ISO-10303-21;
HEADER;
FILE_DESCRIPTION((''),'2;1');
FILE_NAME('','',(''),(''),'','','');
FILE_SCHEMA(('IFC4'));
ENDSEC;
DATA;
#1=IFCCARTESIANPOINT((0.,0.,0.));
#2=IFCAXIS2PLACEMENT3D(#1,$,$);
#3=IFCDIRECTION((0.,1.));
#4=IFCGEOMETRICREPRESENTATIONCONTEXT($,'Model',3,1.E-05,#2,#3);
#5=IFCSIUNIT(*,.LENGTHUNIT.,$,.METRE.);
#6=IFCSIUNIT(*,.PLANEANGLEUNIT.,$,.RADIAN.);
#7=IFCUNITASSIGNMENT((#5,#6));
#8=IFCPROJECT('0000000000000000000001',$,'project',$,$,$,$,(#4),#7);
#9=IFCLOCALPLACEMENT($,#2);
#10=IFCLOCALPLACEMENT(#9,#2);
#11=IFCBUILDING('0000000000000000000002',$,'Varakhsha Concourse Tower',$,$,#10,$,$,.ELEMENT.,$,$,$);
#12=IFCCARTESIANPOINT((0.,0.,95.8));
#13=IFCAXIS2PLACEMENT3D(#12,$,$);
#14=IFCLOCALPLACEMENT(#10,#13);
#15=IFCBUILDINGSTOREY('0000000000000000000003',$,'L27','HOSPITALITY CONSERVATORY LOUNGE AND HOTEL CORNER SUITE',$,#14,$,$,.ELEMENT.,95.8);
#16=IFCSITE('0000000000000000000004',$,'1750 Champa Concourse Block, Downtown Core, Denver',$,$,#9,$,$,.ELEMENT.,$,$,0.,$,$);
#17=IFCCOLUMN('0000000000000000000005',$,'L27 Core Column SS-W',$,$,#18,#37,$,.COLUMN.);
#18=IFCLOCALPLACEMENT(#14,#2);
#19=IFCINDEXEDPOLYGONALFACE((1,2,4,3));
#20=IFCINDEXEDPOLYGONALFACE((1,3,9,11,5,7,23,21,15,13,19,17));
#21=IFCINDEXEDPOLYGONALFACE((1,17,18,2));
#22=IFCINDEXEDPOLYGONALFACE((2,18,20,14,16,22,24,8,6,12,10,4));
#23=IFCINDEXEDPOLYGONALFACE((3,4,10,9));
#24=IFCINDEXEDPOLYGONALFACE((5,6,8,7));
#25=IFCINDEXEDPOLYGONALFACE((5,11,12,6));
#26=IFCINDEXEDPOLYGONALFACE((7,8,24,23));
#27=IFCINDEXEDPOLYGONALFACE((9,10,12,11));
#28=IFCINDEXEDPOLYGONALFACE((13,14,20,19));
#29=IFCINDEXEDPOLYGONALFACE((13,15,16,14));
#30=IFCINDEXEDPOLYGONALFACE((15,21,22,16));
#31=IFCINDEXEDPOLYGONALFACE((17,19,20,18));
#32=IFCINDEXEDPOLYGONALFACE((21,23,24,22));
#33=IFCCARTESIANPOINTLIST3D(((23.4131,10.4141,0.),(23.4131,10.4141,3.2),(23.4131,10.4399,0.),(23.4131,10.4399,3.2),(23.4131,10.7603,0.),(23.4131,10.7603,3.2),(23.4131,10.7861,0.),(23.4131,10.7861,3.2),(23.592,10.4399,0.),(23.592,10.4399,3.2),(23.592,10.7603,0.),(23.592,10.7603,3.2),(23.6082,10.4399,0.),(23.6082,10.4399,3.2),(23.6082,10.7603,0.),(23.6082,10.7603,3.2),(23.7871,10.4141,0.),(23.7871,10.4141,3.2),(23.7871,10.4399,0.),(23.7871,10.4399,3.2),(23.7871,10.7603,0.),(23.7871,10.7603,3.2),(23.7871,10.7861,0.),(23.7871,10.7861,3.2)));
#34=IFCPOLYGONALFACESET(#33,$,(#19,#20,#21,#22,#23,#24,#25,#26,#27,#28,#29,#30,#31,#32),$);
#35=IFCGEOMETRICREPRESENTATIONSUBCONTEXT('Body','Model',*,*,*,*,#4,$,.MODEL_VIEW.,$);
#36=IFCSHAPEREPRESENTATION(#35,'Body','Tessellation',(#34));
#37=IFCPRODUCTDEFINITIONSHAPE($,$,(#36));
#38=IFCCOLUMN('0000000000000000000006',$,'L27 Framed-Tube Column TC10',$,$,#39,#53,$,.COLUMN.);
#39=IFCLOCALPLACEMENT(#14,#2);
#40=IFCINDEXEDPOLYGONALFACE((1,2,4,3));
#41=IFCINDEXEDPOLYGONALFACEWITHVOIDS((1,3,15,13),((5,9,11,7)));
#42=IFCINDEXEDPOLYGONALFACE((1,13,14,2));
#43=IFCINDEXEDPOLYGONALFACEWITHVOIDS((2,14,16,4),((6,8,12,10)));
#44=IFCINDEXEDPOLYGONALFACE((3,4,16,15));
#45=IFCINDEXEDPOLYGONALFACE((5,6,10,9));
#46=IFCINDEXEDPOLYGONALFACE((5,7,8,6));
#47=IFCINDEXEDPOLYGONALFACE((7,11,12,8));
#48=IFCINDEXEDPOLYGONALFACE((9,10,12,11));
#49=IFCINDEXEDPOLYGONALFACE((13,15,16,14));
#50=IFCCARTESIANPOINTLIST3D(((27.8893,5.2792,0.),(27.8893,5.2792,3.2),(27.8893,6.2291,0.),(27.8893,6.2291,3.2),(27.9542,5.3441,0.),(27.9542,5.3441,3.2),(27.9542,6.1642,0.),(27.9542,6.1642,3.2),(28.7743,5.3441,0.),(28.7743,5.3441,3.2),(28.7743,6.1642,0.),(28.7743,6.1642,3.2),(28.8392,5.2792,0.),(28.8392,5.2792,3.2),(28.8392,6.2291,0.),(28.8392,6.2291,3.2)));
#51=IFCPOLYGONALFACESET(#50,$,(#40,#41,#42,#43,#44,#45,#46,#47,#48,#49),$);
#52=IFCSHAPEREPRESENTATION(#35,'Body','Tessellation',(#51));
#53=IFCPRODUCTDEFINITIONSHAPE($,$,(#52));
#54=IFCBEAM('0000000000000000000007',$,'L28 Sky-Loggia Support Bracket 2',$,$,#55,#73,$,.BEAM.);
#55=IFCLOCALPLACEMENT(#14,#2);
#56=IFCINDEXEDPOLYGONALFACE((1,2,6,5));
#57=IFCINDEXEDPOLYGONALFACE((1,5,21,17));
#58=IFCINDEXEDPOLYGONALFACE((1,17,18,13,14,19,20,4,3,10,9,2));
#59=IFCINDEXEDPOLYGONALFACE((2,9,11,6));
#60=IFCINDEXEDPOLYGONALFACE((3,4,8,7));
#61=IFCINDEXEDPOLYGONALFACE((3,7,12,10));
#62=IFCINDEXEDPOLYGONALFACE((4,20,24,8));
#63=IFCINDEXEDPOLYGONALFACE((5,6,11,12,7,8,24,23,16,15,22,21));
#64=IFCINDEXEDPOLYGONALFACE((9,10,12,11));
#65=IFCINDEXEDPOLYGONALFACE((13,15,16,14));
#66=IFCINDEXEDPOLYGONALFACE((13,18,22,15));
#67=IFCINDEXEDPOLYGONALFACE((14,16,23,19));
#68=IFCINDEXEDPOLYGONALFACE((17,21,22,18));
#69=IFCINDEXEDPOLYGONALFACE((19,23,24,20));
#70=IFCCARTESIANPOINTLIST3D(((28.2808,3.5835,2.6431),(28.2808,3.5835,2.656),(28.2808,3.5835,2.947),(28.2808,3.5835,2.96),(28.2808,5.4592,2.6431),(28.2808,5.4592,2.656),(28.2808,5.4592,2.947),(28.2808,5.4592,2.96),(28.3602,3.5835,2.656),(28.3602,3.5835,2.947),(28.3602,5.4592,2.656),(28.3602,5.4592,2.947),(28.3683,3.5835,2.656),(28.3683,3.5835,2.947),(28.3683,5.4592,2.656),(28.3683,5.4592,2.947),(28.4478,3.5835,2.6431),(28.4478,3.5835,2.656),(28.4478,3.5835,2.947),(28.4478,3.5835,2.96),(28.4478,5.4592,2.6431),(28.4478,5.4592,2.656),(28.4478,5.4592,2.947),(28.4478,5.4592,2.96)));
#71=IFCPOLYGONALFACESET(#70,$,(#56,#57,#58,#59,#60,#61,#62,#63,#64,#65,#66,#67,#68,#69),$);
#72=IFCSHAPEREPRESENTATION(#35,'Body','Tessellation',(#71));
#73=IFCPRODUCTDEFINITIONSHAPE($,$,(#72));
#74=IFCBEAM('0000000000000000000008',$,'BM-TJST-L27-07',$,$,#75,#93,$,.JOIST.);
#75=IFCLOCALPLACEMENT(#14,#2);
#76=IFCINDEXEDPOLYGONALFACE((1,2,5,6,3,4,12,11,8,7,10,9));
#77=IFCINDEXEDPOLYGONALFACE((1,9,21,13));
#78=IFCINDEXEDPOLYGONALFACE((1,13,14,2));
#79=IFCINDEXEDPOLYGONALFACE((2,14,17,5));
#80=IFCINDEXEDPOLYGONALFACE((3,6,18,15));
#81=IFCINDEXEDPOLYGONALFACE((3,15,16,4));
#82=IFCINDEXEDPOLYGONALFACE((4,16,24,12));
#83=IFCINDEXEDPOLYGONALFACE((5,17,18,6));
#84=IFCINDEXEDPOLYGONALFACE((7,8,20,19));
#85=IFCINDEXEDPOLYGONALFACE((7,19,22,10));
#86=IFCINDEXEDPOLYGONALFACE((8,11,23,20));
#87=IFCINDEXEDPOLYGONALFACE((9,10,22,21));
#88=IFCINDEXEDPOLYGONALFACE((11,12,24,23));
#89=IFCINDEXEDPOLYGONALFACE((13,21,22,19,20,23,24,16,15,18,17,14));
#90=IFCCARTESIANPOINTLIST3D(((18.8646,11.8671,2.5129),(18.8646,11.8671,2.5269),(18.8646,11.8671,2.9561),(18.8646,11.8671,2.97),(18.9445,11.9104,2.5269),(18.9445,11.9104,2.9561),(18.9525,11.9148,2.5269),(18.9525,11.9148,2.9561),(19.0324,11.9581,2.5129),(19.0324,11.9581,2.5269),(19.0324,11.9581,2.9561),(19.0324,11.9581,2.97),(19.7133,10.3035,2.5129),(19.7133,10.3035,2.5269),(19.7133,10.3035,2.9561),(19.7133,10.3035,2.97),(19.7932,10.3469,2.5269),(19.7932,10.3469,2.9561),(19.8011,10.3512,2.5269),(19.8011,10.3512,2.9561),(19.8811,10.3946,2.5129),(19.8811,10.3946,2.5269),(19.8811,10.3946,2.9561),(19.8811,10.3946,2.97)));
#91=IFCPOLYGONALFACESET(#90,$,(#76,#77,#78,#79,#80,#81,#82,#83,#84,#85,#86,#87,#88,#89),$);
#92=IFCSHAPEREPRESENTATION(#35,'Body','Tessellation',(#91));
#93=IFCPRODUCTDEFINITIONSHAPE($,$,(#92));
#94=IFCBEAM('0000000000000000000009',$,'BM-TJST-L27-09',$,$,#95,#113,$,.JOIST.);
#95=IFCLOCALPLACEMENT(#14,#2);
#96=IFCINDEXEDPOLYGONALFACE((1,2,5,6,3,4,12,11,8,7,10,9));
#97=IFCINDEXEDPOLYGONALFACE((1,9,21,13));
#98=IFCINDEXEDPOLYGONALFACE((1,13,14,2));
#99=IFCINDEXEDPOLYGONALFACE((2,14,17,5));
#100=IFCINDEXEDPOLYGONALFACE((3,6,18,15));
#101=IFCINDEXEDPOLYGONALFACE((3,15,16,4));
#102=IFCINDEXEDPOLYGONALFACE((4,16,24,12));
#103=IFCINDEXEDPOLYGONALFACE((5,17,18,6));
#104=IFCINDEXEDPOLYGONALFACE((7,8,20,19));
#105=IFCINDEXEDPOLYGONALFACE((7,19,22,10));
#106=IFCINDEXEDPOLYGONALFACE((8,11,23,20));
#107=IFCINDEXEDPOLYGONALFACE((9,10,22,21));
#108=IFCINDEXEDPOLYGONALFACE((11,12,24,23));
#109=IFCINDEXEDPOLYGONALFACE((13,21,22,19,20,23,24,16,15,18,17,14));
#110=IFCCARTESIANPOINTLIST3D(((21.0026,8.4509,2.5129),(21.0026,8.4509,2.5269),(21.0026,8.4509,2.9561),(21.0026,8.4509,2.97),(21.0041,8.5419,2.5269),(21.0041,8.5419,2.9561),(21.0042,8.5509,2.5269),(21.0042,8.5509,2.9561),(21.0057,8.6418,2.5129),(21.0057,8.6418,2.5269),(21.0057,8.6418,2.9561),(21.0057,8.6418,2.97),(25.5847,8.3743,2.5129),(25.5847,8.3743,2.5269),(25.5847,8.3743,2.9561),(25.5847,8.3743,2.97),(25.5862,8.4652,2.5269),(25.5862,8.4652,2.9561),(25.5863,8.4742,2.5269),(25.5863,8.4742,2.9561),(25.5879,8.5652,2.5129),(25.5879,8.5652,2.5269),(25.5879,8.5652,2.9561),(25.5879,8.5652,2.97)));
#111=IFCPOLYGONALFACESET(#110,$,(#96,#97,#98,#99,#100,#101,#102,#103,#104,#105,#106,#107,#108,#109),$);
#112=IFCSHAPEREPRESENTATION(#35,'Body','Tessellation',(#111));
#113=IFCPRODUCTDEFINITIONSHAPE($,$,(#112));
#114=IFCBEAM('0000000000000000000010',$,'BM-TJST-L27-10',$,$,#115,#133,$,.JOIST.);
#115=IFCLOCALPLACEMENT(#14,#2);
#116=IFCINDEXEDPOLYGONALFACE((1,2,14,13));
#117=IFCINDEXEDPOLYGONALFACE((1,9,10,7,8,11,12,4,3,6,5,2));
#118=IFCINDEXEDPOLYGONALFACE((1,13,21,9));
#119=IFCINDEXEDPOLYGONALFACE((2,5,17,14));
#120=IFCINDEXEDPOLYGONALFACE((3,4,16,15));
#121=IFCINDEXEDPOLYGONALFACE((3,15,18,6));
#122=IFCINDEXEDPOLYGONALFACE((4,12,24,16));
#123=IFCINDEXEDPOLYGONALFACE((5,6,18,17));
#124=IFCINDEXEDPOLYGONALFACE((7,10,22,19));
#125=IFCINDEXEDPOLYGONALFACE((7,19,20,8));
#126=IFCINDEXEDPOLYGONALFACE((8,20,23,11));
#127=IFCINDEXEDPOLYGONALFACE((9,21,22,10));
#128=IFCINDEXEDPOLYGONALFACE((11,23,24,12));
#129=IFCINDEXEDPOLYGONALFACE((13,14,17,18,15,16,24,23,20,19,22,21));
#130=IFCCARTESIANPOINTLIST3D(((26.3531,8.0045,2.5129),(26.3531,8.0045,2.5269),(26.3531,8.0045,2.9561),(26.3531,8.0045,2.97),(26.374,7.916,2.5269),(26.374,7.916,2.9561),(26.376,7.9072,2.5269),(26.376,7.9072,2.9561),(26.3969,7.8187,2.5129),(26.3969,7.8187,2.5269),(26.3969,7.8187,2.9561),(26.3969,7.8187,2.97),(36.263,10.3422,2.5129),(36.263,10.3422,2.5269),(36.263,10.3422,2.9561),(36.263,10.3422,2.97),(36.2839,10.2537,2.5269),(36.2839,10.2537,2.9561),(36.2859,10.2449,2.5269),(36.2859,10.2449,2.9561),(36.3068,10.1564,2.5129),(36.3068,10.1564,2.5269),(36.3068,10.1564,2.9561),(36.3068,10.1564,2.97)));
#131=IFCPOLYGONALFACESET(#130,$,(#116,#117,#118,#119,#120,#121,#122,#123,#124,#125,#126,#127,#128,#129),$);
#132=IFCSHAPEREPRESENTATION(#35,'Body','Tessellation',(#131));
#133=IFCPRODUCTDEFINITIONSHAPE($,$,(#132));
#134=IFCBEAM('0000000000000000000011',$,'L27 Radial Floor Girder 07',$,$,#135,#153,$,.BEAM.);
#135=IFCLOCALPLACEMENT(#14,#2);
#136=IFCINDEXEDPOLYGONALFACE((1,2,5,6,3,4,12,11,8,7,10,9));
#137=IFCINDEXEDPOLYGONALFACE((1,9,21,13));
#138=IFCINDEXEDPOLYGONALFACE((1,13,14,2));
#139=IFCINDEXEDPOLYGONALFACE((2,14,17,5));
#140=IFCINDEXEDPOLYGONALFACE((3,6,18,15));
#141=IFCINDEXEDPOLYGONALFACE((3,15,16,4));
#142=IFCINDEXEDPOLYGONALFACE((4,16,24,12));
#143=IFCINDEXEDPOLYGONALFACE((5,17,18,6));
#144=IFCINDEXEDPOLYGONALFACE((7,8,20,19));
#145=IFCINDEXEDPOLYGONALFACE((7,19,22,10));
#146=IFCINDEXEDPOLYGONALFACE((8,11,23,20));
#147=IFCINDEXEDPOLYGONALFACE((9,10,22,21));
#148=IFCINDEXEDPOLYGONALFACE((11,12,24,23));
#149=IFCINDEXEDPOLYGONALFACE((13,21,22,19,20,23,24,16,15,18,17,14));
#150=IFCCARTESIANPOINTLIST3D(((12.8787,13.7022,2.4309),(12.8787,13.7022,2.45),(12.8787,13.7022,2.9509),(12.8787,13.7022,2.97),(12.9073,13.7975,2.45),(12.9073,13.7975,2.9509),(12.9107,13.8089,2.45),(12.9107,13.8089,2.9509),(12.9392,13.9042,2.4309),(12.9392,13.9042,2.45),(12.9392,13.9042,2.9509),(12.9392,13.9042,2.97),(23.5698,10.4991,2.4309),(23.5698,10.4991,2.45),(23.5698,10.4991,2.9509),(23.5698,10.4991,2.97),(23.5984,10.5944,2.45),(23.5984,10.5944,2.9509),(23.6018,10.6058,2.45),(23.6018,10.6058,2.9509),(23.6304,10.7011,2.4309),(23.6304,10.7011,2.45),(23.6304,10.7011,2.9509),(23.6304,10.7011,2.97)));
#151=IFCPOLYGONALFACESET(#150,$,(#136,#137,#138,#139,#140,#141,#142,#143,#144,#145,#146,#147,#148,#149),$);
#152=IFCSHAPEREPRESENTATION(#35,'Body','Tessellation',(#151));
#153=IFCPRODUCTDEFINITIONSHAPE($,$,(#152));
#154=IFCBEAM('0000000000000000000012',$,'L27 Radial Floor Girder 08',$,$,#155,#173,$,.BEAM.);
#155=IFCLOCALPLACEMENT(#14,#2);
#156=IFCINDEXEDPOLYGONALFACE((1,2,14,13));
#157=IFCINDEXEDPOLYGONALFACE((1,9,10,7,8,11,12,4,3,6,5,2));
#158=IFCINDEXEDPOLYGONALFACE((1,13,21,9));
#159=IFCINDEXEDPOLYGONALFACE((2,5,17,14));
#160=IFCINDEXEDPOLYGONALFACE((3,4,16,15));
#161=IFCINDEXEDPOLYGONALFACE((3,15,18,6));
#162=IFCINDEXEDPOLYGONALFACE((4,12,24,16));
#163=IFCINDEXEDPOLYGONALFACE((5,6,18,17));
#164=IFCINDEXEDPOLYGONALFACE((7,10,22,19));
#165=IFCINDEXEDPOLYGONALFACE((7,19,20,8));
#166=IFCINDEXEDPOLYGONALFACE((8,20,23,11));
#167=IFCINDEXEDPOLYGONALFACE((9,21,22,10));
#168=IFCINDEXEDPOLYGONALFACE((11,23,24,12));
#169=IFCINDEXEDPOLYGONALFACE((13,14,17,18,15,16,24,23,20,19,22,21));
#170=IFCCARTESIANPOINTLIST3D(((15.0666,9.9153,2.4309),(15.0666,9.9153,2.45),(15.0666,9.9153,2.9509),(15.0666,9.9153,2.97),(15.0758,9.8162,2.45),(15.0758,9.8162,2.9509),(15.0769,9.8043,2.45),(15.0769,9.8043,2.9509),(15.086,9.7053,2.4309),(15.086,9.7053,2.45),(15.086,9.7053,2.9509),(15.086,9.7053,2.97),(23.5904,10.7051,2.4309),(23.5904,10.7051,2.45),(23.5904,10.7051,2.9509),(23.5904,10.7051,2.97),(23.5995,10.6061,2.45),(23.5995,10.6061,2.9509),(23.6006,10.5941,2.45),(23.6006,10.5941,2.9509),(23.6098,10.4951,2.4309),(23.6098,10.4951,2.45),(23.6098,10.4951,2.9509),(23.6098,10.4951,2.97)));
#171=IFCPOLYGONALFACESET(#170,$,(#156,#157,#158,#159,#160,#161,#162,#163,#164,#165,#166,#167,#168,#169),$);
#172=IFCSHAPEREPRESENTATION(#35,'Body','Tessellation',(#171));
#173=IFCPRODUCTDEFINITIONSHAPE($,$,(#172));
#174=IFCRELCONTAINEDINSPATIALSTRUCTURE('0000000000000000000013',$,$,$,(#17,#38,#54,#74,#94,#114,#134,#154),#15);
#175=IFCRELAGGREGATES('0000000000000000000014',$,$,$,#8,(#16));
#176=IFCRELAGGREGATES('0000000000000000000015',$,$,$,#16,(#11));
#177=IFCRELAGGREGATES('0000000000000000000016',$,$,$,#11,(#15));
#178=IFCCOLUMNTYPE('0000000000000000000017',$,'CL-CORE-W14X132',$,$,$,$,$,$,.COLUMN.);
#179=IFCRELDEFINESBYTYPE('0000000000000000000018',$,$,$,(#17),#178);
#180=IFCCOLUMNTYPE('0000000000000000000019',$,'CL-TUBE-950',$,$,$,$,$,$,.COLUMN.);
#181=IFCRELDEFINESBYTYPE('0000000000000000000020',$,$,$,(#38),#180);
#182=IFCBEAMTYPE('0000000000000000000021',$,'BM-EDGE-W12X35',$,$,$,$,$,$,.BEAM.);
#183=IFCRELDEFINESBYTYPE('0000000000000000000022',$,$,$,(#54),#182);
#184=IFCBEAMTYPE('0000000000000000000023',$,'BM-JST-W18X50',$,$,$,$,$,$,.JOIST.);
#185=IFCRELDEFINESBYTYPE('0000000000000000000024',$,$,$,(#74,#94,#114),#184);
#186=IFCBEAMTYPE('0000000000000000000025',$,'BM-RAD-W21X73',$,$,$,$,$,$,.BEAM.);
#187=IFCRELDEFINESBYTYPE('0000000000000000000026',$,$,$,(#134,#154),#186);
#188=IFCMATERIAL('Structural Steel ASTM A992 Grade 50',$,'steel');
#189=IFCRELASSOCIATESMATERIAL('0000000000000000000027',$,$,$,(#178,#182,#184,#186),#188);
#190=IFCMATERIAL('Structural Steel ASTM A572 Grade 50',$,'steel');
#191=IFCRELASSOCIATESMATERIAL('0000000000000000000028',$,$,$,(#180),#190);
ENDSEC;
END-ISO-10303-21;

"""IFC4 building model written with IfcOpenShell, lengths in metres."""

from ifc_helpers import new_model, si_unit, direction, frame, origin, origin_2d, place, context, subcontext, project, spatial, hollow_rectangle, i_section, extrude, material, material_profile, profile_set, type_object, element, save


model = new_model("IFC4")

# Units and contexts
model_context = context("Model", 3, precision=1e-05, world=origin(), true_north=direction((0.0, 1.0)))
body_context = subcontext(model_context, "Body", "Model", "MODEL_VIEW")
ifc_project = project(units=[si_unit("LENGTHUNIT", "METRE"), si_unit("PLANEANGLEUNIT", "RADIAN")], contexts=[model_context])

# Site, building, storey
site_placement = place(None, origin())
site = spatial("IfcSite", under=ifc_project, at=site_placement, Name="1750 Champa Concourse Block, Downtown Core, Denver", CompositionType="ELEMENT", RefElevation=0.0)
building_placement = place(site_placement, origin())
building = spatial("IfcBuilding", under=site, at=building_placement, Name="Varakhsha Concourse Tower", CompositionType="ELEMENT")
storey_placement = place(building_placement, frame((0.0, 0.0, 95.8)))
storey = spatial("IfcBuildingStorey", under=building, at=storey_placement, Name="L27", Description="HOSPITALITY CONSERVATORY LOUNGE AND HOTEL CORNER SUITE", CompositionType="ELEMENT", Elevation=95.8)

# Columns
ifc_material_1 = material(Name="Structural Steel ASTM A992 Grade 50", Category="steel")
ifc_material_profile_1 = material_profile(ifc_material_1, i_section(OverallWidth=0.374, OverallDepth=0.3721, WebThickness=0.0161, FlangeThickness=0.0259, at=origin_2d()), Name="W14X132")
ifc_profile_set_1 = profile_set([ifc_material_profile_1], Name="Structural Steel ASTM A992 Grade 50")
column_type_1 = type_object("IfcColumnType", Name="CL-CORE-W14X132", PredefinedType="COLUMN", material=ifc_profile_set_1)
column_1_placement = place(storey_placement, frame((23.6001, 10.6001, 0.0), z_axis=(0.0, 0.0, 1.0), x_axis=(1.0, 0.0, 0.0)))
element("IfcColumn", 1, at=column_1_placement, inside=storey, type_object=column_type_1, Name="L27 Core Column SS-W", PredefinedType="COLUMN", context=body_context, shape_type="SweptSolid", body=[
    extrude(i_section(OverallWidth=0.374, OverallDepth=0.3721, WebThickness=0.0161, FlangeThickness=0.0259, at=origin_2d()), origin(), (0.0, 0.0, 1.0), 3.2),
])
ifc_material_2 = material(Name="Structural Steel ASTM A572 Grade 50", Category="steel")
ifc_material_profile_2 = material_profile(ifc_material_2, hollow_rectangle(XDim=0.95, YDim=0.95, WallThickness=0.0649, at=origin_2d()), Name="BOX 950x950x65")
ifc_profile_set_2 = profile_set([ifc_material_profile_2], Name="Structural Steel ASTM A572 Grade 50")
column_type_2 = type_object("IfcColumnType", Name="CL-TUBE-950", PredefinedType="COLUMN", material=ifc_profile_set_2)
column_2_placement = place(storey_placement, frame((28.3643, 5.7542, 0.0), z_axis=(0.0, 0.0, 1.0), x_axis=(1.0, 0.0, 0.0)))
element("IfcColumn", 2, at=column_2_placement, inside=storey, type_object=column_type_2, Name="L27 Framed-Tube Column TC10", PredefinedType="COLUMN", context=body_context, shape_type="SweptSolid", body=[
    extrude(hollow_rectangle(XDim=0.95, YDim=0.95, WallThickness=0.0649, at=origin_2d()), origin(), (0.0, 0.0, 1.0), 3.2),
])

# Beams
ifc_material_profile_3 = material_profile(ifc_material_1, i_section(OverallWidth=0.167, OverallDepth=0.3169, WebThickness=0.0081, FlangeThickness=0.0129, at=origin_2d()), Name="W12X35")
ifc_profile_set_3 = profile_set([ifc_material_profile_3], Name="Structural Steel ASTM A992 Grade 50")
beam_type_1 = type_object("IfcBeamType", Name="BM-EDGE-W12X35", PredefinedType="BEAM", material=ifc_profile_set_3)
beam_1_placement = place(storey_placement, frame((28.3643, 5.4592, 2.8015), z_axis=(0.0, -1.0, 0.0), x_axis=(1.0, 0.0, 0.0)))
element("IfcBeam", 3, at=beam_1_placement, inside=storey, type_object=beam_type_1, Name="L28 Sky-Loggia Support Bracket 2", PredefinedType="BEAM", context=body_context, shape_type="SweptSolid", body=[
    extrude(i_section(OverallWidth=0.167, OverallDepth=0.3169, WebThickness=0.0081, FlangeThickness=0.0129, at=origin_2d()), origin(), (0.0, 0.0, 1.0), 1.8757),
])
ifc_material_profile_4 = material_profile(ifc_material_1, i_section(OverallWidth=0.1909, OverallDepth=0.457, WebThickness=0.009, FlangeThickness=0.0139, at=origin_2d()), Name="W18X50")
ifc_profile_set_4 = profile_set([ifc_material_profile_4], Name="Structural Steel ASTM A992 Grade 50")
beam_type_2 = type_object("IfcBeamType", Name="BM-JST-W18X50", PredefinedType="JOIST", material=ifc_profile_set_4)
beam_2_placement = place(storey_placement, frame((18.9485, 11.9126, 2.7415), z_axis=(0.477043, -0.87888, 0.0), x_axis=(0.87888, 0.477043, 0.0)))
element("IfcBeam", 4, at=beam_2_placement, inside=storey, type_object=beam_type_2, Name="BM-TJST-L27-07", PredefinedType="JOIST", context=body_context, shape_type="SweptSolid", body=[
    extrude(i_section(OverallWidth=0.1909, OverallDepth=0.457, WebThickness=0.009, FlangeThickness=0.0139, at=origin_2d()), origin(), (0.0, 0.0, 1.0), 1.7791),
])
beam_3_placement = place(storey_placement, frame((21.0042, 8.5464, 2.7415), z_axis=(0.99986, -0.016728, 0.0), x_axis=(0.016728, 0.99986, 0.0)))
element("IfcBeam", 5, at=beam_3_placement, inside=storey, type_object=beam_type_2, Name="BM-TJST-L27-09", PredefinedType="JOIST", context=body_context, shape_type="SweptSolid", body=[
    extrude(i_section(OverallWidth=0.1909, OverallDepth=0.457, WebThickness=0.009, FlangeThickness=0.0139, at=origin_2d()), origin(), (0.0, 0.0, 1.0), 4.5828),
])
beam_4_placement = place(storey_placement, frame((26.375, 7.9116, 2.7415), z_axis=(0.973288, 0.229589, 0.0), x_axis=(-0.229589, 0.973288, 0.0)))
element("IfcBeam", 6, at=beam_4_placement, inside=storey, type_object=beam_type_2, Name="BM-TJST-L27-10", PredefinedType="JOIST", context=body_context, shape_type="SweptSolid", body=[
    extrude(i_section(OverallWidth=0.1909, OverallDepth=0.457, WebThickness=0.009, FlangeThickness=0.0139, at=origin_2d()), origin(), (0.0, 0.0, 1.0), 10.1819),
])
ifc_material_profile_5 = material_profile(ifc_material_1, i_section(OverallWidth=0.2109, OverallDepth=0.5391, WebThickness=0.012, FlangeThickness=0.019, at=origin_2d()), Name="W21X73")
ifc_profile_set_5 = profile_set([ifc_material_profile_5], Name="Structural Steel ASTM A992 Grade 50")
beam_type_3 = type_object("IfcBeamType", Name="BM-RAD-W21X73", PredefinedType="BEAM", material=ifc_profile_set_5)
beam_5_placement = place(storey_placement, frame((23.6001, 10.6001, 2.7004), z_axis=(-0.95793, 0.287001, 0.0), x_axis=(-0.287001, -0.95793, 0.0)))
element("IfcBeam", 7, at=beam_5_placement, inside=storey, type_object=beam_type_3, Name="L27 Radial Floor Girder 07", PredefinedType="BEAM", context=body_context, shape_type="SweptSolid", body=[
    extrude(i_section(OverallWidth=0.2109, OverallDepth=0.5391, WebThickness=0.012, FlangeThickness=0.019, at=origin_2d()), origin(), (0.0, 0.0, 1.0), 11.1606),
])
beam_6_placement = place(storey_placement, frame((23.6001, 10.6001, 2.7004), z_axis=(-0.995735, -0.092264, 0.0), x_axis=(0.092264, -0.995735, 0.0)))
element("IfcBeam", 8, at=beam_6_placement, inside=storey, type_object=beam_type_3, Name="L27 Radial Floor Girder 08", PredefinedType="BEAM", context=body_context, shape_type="SweptSolid", body=[
    extrude(i_section(OverallWidth=0.2109, OverallDepth=0.5391, WebThickness=0.012, FlangeThickness=0.019, at=origin_2d()), origin(), (0.0, 0.0, 1.0), 8.5603),
])

save(model, "model.ifc")
